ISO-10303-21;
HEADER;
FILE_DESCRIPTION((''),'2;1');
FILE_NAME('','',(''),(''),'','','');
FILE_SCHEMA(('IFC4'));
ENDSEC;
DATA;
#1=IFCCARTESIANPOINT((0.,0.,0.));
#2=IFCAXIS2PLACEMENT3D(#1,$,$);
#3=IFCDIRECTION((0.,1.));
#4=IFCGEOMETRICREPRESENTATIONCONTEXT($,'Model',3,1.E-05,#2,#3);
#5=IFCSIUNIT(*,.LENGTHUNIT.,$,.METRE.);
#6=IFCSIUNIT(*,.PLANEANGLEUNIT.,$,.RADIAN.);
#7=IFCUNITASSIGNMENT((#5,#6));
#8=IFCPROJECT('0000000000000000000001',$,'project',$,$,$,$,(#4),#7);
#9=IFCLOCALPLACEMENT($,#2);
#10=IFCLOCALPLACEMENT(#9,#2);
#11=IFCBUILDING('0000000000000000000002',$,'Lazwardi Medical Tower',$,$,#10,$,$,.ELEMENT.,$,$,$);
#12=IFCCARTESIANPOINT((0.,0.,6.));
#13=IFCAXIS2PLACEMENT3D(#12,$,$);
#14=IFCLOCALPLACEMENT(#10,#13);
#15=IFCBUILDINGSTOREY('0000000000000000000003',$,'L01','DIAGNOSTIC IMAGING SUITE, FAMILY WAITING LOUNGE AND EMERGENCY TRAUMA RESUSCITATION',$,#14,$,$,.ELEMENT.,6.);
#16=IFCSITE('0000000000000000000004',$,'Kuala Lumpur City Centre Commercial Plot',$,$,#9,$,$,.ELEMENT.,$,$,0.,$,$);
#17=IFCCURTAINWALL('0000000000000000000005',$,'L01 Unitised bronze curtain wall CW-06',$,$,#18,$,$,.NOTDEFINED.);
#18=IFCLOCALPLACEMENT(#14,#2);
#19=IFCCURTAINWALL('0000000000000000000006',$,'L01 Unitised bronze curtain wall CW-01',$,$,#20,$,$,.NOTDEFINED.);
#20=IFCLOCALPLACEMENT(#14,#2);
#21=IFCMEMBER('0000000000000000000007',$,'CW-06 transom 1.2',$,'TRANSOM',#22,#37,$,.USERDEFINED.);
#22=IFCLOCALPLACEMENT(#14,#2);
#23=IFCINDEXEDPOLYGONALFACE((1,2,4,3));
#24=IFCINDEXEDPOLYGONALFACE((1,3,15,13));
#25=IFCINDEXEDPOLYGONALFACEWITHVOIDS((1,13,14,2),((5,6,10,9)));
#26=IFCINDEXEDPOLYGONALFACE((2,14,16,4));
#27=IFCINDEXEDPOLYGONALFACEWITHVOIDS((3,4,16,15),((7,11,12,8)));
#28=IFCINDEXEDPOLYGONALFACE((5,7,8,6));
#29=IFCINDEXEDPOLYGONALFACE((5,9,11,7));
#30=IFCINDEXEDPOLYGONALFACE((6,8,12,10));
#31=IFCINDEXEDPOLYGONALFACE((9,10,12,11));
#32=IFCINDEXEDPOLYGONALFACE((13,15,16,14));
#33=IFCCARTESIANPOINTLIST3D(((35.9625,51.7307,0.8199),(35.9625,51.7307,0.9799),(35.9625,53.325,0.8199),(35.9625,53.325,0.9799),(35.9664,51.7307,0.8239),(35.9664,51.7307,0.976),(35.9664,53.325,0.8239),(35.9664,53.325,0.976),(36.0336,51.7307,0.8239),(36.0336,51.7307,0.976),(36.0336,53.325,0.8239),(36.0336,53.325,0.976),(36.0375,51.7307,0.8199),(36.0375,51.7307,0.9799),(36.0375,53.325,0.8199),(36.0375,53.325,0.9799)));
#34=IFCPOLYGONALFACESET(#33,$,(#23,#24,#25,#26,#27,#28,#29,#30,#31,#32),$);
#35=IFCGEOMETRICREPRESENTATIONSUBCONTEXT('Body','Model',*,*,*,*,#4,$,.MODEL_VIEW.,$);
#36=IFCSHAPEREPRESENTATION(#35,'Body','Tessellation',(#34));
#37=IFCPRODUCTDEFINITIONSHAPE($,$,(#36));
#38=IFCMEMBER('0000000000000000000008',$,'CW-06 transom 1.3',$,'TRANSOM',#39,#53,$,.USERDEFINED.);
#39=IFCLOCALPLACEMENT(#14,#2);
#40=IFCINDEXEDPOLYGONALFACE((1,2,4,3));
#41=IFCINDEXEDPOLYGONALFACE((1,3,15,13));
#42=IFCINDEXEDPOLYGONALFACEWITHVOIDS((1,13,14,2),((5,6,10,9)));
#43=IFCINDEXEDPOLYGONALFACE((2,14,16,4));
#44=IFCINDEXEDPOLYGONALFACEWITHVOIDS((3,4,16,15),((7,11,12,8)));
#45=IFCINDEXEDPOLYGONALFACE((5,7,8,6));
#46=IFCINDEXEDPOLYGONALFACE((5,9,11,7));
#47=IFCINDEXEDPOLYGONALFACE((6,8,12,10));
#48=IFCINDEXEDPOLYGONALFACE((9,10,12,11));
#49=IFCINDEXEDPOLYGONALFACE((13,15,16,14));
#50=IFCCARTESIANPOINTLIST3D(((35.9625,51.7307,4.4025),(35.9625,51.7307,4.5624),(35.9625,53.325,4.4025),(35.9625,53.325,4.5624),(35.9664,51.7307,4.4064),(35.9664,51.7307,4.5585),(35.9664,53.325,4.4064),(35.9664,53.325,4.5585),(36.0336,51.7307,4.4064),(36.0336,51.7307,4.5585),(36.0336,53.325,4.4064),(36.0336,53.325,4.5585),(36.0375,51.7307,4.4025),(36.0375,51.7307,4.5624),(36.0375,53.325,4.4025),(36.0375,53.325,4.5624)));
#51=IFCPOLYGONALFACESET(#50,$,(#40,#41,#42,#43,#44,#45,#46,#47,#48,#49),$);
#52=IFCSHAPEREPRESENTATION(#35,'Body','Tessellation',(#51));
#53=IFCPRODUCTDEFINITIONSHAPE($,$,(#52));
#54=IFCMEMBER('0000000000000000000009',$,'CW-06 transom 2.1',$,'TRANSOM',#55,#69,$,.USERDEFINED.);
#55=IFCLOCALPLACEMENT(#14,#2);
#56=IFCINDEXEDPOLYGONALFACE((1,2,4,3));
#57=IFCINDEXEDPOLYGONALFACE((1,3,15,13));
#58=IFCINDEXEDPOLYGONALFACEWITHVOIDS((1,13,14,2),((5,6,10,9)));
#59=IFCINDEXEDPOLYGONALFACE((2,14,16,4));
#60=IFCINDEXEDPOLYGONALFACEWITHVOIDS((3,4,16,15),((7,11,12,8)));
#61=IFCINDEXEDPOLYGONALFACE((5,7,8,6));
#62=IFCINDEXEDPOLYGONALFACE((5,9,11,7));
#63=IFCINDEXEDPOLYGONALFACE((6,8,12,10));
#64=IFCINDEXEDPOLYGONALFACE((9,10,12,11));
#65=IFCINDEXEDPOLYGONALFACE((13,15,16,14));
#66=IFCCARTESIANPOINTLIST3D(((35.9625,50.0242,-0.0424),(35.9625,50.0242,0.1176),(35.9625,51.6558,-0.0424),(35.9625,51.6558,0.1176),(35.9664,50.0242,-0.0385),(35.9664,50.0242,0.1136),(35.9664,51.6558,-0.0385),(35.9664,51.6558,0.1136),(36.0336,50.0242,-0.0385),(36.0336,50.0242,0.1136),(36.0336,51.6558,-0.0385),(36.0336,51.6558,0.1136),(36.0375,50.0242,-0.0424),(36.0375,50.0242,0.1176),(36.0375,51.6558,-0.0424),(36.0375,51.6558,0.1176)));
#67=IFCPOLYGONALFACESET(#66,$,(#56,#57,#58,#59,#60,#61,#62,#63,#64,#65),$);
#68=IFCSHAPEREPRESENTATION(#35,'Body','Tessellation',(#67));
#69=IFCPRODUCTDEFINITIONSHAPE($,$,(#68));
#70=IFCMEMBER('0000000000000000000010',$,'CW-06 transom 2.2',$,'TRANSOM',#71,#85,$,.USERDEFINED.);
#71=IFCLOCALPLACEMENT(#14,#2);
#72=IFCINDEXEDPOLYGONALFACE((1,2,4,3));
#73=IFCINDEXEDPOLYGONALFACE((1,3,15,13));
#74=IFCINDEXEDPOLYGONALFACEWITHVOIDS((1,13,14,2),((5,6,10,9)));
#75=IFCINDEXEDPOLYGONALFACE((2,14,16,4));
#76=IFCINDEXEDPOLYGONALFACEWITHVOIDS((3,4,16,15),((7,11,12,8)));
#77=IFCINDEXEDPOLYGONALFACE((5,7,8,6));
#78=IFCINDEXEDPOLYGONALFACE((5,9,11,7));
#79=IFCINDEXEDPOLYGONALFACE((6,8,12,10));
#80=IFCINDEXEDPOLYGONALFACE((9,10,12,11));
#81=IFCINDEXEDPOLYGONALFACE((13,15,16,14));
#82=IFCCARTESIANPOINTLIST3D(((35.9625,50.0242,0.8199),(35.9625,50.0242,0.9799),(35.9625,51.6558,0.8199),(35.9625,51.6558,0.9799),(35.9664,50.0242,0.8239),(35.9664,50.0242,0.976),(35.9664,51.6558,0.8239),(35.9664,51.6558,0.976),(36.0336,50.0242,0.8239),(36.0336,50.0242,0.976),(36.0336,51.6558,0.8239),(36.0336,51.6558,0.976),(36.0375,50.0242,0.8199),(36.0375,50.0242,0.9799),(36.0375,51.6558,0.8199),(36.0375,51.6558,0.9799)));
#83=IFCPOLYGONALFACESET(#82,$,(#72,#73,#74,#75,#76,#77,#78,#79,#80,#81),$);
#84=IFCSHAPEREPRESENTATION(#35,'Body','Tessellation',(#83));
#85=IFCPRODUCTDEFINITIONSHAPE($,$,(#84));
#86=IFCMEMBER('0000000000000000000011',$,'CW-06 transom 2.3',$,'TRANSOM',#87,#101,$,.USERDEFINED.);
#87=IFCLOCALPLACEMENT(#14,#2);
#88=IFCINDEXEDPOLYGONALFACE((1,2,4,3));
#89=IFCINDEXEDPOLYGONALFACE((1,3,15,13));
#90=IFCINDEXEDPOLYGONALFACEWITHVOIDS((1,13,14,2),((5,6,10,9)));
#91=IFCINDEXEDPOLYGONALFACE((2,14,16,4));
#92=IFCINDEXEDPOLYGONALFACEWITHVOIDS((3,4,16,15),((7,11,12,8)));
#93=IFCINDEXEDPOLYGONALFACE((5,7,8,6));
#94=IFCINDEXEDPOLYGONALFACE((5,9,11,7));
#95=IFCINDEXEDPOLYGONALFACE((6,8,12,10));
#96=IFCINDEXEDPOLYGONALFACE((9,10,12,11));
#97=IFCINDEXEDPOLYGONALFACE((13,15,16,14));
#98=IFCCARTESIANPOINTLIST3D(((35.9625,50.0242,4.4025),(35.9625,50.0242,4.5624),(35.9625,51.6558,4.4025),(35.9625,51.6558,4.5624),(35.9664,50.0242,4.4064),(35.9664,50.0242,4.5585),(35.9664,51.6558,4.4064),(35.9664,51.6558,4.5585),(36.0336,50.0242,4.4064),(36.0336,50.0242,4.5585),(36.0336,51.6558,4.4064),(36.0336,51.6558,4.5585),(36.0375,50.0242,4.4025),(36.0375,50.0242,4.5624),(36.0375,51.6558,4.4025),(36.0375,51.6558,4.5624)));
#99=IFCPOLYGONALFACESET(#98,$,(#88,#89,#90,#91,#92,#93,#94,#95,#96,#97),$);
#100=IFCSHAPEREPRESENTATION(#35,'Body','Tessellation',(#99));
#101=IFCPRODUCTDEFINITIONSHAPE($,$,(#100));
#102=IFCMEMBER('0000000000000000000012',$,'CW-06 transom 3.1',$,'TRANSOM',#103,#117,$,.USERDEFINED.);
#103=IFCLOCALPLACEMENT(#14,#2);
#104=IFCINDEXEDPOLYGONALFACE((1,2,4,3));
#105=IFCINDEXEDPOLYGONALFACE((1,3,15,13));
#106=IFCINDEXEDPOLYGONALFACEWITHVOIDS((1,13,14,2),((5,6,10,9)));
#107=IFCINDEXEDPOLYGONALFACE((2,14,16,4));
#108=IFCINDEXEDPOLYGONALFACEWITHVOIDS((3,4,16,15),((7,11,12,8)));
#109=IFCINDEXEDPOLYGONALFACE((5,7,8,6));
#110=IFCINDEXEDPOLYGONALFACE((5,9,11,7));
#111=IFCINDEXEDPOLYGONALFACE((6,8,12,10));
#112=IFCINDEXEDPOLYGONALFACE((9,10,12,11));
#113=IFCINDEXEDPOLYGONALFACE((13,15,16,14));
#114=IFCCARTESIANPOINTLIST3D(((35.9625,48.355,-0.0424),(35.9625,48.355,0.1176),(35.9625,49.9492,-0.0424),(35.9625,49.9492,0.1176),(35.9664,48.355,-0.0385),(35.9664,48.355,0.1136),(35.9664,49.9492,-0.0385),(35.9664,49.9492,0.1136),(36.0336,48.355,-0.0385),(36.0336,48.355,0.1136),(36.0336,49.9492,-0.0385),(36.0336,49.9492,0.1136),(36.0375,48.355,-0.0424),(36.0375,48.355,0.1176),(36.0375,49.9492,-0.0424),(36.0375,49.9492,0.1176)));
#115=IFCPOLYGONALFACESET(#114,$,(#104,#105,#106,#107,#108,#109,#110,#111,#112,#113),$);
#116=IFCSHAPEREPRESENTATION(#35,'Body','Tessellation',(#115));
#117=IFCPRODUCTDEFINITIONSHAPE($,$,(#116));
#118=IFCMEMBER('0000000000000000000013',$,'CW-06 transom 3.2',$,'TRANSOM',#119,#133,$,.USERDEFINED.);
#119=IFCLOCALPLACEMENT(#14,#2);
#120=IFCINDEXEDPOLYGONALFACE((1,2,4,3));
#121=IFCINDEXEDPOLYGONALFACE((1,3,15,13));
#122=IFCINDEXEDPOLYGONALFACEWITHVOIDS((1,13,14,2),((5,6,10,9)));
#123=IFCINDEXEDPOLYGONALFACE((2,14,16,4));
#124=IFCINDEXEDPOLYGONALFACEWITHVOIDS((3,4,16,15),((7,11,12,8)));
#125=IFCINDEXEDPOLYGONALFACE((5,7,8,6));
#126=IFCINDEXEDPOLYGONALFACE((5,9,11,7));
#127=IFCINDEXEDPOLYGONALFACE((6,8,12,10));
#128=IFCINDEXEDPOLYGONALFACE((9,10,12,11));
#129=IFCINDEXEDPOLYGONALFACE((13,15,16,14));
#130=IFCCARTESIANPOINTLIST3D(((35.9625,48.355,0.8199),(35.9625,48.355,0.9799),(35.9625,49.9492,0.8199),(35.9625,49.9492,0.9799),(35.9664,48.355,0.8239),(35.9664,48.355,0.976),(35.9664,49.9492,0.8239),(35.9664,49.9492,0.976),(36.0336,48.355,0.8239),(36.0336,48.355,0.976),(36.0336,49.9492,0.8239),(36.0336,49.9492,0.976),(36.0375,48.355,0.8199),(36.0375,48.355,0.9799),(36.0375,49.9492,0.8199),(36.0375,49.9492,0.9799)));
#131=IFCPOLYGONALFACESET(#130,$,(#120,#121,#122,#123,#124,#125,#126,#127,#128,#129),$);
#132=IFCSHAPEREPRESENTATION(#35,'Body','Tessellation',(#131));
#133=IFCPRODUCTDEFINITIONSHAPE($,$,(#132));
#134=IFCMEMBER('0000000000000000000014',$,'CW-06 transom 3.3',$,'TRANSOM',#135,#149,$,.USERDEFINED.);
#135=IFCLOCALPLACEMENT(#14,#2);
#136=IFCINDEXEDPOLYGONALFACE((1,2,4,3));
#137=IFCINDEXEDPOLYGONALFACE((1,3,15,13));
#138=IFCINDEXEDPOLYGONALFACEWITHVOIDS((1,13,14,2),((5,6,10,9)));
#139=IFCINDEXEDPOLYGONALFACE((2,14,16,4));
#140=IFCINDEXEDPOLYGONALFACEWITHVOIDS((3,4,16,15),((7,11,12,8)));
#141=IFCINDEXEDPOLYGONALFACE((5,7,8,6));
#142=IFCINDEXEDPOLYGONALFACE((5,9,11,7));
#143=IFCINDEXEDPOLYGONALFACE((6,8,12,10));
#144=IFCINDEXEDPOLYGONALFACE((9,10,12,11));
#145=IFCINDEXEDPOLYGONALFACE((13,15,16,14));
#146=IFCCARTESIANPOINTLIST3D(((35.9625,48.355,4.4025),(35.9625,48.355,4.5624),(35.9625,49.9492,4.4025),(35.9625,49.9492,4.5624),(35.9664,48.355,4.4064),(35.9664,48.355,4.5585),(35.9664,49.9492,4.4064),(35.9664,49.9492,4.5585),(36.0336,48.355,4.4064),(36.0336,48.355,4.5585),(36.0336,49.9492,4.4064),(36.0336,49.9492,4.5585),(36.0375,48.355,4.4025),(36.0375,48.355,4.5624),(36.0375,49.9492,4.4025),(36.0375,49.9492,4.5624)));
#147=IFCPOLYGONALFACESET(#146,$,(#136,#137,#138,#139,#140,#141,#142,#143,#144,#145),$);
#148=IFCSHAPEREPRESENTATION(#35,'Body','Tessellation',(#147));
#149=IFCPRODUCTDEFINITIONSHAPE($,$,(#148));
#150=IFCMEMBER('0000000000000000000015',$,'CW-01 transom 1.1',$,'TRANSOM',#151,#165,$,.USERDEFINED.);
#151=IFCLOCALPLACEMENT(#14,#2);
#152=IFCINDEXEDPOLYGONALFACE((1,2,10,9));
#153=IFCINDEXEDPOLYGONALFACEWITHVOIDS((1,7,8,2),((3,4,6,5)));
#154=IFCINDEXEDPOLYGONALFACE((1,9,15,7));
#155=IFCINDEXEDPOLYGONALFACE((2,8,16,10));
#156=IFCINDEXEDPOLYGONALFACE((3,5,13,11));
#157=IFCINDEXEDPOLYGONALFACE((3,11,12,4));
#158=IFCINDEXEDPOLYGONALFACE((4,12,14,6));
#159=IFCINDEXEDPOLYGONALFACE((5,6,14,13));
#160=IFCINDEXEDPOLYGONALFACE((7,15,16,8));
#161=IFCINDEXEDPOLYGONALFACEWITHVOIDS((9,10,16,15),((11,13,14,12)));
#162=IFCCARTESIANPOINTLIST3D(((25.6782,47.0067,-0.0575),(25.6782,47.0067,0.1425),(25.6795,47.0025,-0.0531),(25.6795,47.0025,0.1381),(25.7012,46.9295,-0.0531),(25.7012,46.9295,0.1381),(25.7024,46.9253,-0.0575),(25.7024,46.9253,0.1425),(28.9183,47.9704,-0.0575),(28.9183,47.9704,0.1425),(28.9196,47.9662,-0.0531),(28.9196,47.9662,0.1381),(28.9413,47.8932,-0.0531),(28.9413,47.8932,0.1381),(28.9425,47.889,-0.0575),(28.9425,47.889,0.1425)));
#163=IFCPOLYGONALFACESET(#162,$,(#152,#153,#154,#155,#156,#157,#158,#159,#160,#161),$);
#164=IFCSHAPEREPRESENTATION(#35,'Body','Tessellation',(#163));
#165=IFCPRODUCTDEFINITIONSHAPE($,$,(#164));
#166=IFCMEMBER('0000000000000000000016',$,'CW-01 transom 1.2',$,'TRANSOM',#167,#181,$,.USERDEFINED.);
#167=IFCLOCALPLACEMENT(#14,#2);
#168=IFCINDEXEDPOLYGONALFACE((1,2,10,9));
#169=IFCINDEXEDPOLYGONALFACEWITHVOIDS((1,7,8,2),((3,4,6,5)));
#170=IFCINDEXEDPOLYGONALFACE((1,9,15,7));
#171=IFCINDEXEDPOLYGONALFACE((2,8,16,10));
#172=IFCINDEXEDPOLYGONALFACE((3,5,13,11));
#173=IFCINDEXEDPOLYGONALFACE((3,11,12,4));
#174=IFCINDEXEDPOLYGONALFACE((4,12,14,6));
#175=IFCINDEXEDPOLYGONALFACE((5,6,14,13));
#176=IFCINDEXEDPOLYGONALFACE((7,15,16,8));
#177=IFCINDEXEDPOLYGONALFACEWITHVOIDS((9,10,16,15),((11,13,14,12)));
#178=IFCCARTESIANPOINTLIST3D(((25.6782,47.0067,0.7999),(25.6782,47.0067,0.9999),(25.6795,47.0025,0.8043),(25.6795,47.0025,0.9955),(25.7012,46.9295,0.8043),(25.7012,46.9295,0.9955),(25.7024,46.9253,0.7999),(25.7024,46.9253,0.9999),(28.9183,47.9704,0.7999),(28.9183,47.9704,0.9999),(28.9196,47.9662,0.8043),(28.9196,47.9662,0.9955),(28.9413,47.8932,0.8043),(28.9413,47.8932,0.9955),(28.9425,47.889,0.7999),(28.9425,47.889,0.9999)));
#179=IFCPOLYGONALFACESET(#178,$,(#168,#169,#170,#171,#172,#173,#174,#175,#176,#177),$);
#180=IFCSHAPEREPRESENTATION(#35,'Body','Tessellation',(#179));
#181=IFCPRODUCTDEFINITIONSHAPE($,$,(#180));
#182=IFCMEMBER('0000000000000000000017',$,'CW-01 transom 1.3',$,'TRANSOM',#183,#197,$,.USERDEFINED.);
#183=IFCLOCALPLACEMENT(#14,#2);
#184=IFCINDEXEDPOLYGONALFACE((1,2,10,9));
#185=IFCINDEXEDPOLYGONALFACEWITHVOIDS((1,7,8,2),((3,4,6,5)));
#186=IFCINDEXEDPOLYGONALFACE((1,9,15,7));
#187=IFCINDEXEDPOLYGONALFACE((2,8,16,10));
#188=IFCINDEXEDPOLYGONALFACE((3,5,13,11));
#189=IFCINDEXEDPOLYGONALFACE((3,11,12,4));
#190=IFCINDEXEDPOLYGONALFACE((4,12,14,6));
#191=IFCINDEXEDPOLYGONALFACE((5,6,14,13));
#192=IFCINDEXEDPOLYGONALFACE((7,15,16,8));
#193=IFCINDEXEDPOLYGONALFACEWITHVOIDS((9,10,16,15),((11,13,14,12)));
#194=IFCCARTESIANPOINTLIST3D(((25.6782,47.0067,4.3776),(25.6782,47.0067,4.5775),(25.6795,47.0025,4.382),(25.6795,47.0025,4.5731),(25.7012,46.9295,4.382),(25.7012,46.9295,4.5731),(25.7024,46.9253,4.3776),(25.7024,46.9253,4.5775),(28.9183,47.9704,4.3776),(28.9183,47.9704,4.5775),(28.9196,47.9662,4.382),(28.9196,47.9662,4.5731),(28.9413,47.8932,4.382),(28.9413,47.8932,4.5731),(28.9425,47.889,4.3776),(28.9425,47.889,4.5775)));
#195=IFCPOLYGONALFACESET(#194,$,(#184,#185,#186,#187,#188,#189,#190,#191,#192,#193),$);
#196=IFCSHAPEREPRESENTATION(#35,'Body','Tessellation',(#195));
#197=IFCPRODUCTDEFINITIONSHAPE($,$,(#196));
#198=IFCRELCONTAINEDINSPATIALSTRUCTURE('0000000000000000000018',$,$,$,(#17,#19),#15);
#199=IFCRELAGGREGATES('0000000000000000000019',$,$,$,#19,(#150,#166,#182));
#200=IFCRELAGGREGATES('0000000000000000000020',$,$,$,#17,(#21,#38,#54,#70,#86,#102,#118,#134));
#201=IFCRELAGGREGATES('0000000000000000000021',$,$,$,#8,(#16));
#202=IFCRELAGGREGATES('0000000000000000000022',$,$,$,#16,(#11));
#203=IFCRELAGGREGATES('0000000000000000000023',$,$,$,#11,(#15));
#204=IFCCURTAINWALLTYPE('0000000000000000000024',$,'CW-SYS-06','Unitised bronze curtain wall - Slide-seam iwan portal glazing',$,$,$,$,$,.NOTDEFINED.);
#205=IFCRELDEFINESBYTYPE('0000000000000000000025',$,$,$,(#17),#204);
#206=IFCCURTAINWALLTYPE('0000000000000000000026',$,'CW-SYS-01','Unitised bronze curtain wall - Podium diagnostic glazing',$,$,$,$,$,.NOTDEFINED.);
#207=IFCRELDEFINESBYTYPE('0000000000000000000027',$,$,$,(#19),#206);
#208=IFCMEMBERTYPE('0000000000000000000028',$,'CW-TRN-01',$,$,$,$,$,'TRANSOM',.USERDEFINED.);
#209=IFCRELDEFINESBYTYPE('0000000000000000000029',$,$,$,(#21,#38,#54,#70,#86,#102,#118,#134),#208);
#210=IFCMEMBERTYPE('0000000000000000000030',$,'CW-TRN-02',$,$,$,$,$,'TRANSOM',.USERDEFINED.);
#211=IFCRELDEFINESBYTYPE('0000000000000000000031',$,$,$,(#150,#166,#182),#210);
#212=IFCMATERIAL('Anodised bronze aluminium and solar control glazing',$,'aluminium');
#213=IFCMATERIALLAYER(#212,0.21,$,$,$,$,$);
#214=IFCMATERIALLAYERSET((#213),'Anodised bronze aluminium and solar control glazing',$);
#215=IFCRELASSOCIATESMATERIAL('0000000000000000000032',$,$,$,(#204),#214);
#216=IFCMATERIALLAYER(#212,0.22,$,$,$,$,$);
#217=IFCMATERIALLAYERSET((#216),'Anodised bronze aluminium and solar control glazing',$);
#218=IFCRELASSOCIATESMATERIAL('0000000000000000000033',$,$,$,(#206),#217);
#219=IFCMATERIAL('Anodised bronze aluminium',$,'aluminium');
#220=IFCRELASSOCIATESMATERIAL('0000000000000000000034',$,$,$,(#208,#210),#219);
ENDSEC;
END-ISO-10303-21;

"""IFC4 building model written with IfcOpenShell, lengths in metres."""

from ifc_helpers import new_model, si_unit, direction, frame, origin, origin_2d, place, context, subcontext, project, spatial, hollow_rectangle, extrude, material, layer, layer_set, material_profile, profile_set, type_object, element, aggregate, save


model = new_model("IFC4")

# Units and contexts
model_context = context("Model", 3, precision=1e-05, world=origin(), true_north=direction((0.0, 1.0)))
body_context = subcontext(model_context, "Body", "Model", "MODEL_VIEW")
ifc_project = project(units=[si_unit("LENGTHUNIT", "METRE"), si_unit("PLANEANGLEUNIT", "RADIAN")], contexts=[model_context])

# Site, building, storey
site_placement = place(None, origin())
site = spatial("IfcSite", under=ifc_project, at=site_placement, Name="Kuala Lumpur City Centre Commercial Plot", CompositionType="ELEMENT", RefElevation=0.0)
building_placement = place(site_placement, origin())
building = spatial("IfcBuilding", under=site, at=building_placement, Name="Lazwardi Medical Tower", CompositionType="ELEMENT")
storey_placement = place(building_placement, frame((0.0, 0.0, 6.0)))
storey = spatial("IfcBuildingStorey", under=building, at=storey_placement, Name="L01", Description="DIAGNOSTIC IMAGING SUITE, FAMILY WAITING LOUNGE AND EMERGENCY TRAUMA RESUSCITATION", CompositionType="ELEMENT", Elevation=6.0)

# Curtain walls
ifc_material_1 = material(Name="Anodised bronze aluminium and solar control glazing", Category="aluminium")
ifc_layer_1 = layer(ifc_material_1, 0.21)
ifc_layer_set_1 = layer_set([ifc_layer_1], Name="Anodised bronze aluminium and solar control glazing")
curtain_wall_type_1 = type_object("IfcCurtainWallType", Name="CW-SYS-06", Description="Unitised bronze curtain wall - Slide-seam iwan portal glazing", PredefinedType="NOTDEFINED", material=ifc_layer_set_1)
curtain_wall_1_placement = place(storey_placement, origin())
curtain_wall_1 = element("IfcCurtainWall", 1, at=curtain_wall_1_placement, inside=storey, type_object=curtain_wall_type_1, Name="L01 Unitised bronze curtain wall CW-06", PredefinedType="NOTDEFINED")
ifc_material_2 = material(Name="Anodised bronze aluminium", Category="aluminium")
ifc_layer_2 = layer(ifc_material_1, 0.22)
ifc_layer_set_2 = layer_set([ifc_layer_2], Name="Anodised bronze aluminium and solar control glazing")
curtain_wall_type_2 = type_object("IfcCurtainWallType", Name="CW-SYS-01", Description="Unitised bronze curtain wall - Podium diagnostic glazing", PredefinedType="NOTDEFINED", material=ifc_layer_set_2)
curtain_wall_2_placement = place(storey_placement, origin())
curtain_wall_2 = element("IfcCurtainWall", 2, at=curtain_wall_2_placement, inside=storey, type_object=curtain_wall_type_2, Name="L01 Unitised bronze curtain wall CW-01", PredefinedType="NOTDEFINED")

# Members
ifc_material_profile_1 = material_profile(ifc_material_2, hollow_rectangle(XDim=0.075, YDim=0.1599, WallThickness=0.0039, at=origin_2d()), Name="ALU-TRANSOM 160x75x4")
ifc_profile_set_1 = profile_set([ifc_material_profile_1], Name="Anodised bronze aluminium")
member_type_1 = type_object("IfcMemberType", Name="CW-TRN-01", ElementType="TRANSOM", PredefinedType="USERDEFINED", material=ifc_profile_set_1)
member_1_placement = place(storey_placement, frame((36.0, 53.325, 0.8999), z_axis=(0.0, -1.0, 0.0), x_axis=(1.0, 0.0, 0.0)))
member_1 = element("IfcMember", 3, at=member_1_placement, type_object=member_type_1, Name="CW-06 transom 1.2", ObjectType="TRANSOM", PredefinedType="USERDEFINED", context=body_context, shape_type="SweptSolid", body=[
    extrude(hollow_rectangle(XDim=0.075, YDim=0.1599, WallThickness=0.0039, at=origin_2d()), origin(), (0.0, 0.0, 1.0), 1.5942),
])
member_2_placement = place(storey_placement, frame((36.0, 53.325, 4.4824), z_axis=(0.0, -1.0, 0.0), x_axis=(1.0, 0.0, 0.0)))
member_2 = element("IfcMember", 4, at=member_2_placement, type_object=member_type_1, Name="CW-06 transom 1.3", ObjectType="TRANSOM", PredefinedType="USERDEFINED", context=body_context, shape_type="SweptSolid", body=[
    extrude(hollow_rectangle(XDim=0.075, YDim=0.1599, WallThickness=0.0039, at=origin_2d()), origin(), (0.0, 0.0, 1.0), 1.5942),
])
member_3_placement = place(storey_placement, frame((36.0, 51.6558, 0.0376), z_axis=(0.0, -1.0, 0.0), x_axis=(1.0, 0.0, 0.0)))
member_3 = element("IfcMember", 5, at=member_3_placement, type_object=member_type_1, Name="CW-06 transom 2.1", ObjectType="TRANSOM", PredefinedType="USERDEFINED", context=body_context, shape_type="SweptSolid", body=[
    extrude(hollow_rectangle(XDim=0.075, YDim=0.1599, WallThickness=0.0039, at=origin_2d()), origin(), (0.0, 0.0, 1.0), 1.6316),
])
member_4_placement = place(storey_placement, frame((36.0, 51.6558, 0.8999), z_axis=(0.0, -1.0, 0.0), x_axis=(1.0, 0.0, 0.0)))
member_4 = element("IfcMember", 6, at=member_4_placement, type_object=member_type_1, Name="CW-06 transom 2.2", ObjectType="TRANSOM", PredefinedType="USERDEFINED", context=body_context, shape_type="SweptSolid", body=[
    extrude(hollow_rectangle(XDim=0.075, YDim=0.1599, WallThickness=0.0039, at=origin_2d()), origin(), (0.0, 0.0, 1.0), 1.6316),
])
member_5_placement = place(storey_placement, frame((36.0, 51.6558, 4.4824), z_axis=(0.0, -1.0, 0.0), x_axis=(1.0, 0.0, 0.0)))
member_5 = element("IfcMember", 7, at=member_5_placement, type_object=member_type_1, Name="CW-06 transom 2.3", ObjectType="TRANSOM", PredefinedType="USERDEFINED", context=body_context, shape_type="SweptSolid", body=[
    extrude(hollow_rectangle(XDim=0.075, YDim=0.1599, WallThickness=0.0039, at=origin_2d()), origin(), (0.0, 0.0, 1.0), 1.6316),
])
member_6_placement = place(storey_placement, frame((36.0, 49.9492, 0.0376), z_axis=(0.0, -1.0, 0.0), x_axis=(1.0, 0.0, 0.0)))
member_6 = element("IfcMember", 8, at=member_6_placement, type_object=member_type_1, Name="CW-06 transom 3.1", ObjectType="TRANSOM", PredefinedType="USERDEFINED", context=body_context, shape_type="SweptSolid", body=[
    extrude(hollow_rectangle(XDim=0.075, YDim=0.1599, WallThickness=0.0039, at=origin_2d()), origin(), (0.0, 0.0, 1.0), 1.5942),
])
member_7_placement = place(storey_placement, frame((36.0, 49.9492, 0.8999), z_axis=(0.0, -1.0, 0.0), x_axis=(1.0, 0.0, 0.0)))
member_7 = element("IfcMember", 9, at=member_7_placement, type_object=member_type_1, Name="CW-06 transom 3.2", ObjectType="TRANSOM", PredefinedType="USERDEFINED", context=body_context, shape_type="SweptSolid", body=[
    extrude(hollow_rectangle(XDim=0.075, YDim=0.1599, WallThickness=0.0039, at=origin_2d()), origin(), (0.0, 0.0, 1.0), 1.5942),
])
member_8_placement = place(storey_placement, frame((36.0, 49.9492, 4.4824), z_axis=(0.0, -1.0, 0.0), x_axis=(1.0, 0.0, 0.0)))
member_8 = element("IfcMember", 10, at=member_8_placement, type_object=member_type_1, Name="CW-06 transom 3.3", ObjectType="TRANSOM", PredefinedType="USERDEFINED", context=body_context, shape_type="SweptSolid", body=[
    extrude(hollow_rectangle(XDim=0.075, YDim=0.1599, WallThickness=0.0039, at=origin_2d()), origin(), (0.0, 0.0, 1.0), 1.5942),
])
ifc_material_profile_2 = material_profile(ifc_material_2, hollow_rectangle(XDim=0.085, YDim=0.2, WallThickness=0.0044, at=origin_2d()), Name="ALU-TRANSOM 200x85x4.5")
ifc_profile_set_2 = profile_set([ifc_material_profile_2], Name="Anodised bronze aluminium")
member_type_2 = type_object("IfcMemberType", Name="CW-TRN-02", ElementType="TRANSOM", PredefinedType="USERDEFINED", material=ifc_profile_set_2)
member_9_placement = place(storey_placement, frame((28.9304, 47.9297, 0.0425), z_axis=(-0.958505, -0.285074, 0.0), x_axis=(0.285074, -0.958505, 0.0)))
member_9 = element("IfcMember", 11, at=member_9_placement, type_object=member_type_2, Name="CW-01 transom 1.1", ObjectType="TRANSOM", PredefinedType="USERDEFINED", context=body_context, shape_type="SweptSolid", body=[
    extrude(hollow_rectangle(XDim=0.085, YDim=0.2, WallThickness=0.0044, at=origin_2d()), origin(), (0.0, 0.0, 1.0), 3.3804),
])
member_10_placement = place(storey_placement, frame((28.9304, 47.9297, 0.8999), z_axis=(-0.958505, -0.285074, 0.0), x_axis=(0.285074, -0.958505, 0.0)))
member_10 = element("IfcMember", 12, at=member_10_placement, type_object=member_type_2, Name="CW-01 transom 1.2", ObjectType="TRANSOM", PredefinedType="USERDEFINED", context=body_context, shape_type="SweptSolid", body=[
    extrude(hollow_rectangle(XDim=0.085, YDim=0.2, WallThickness=0.0044, at=origin_2d()), origin(), (0.0, 0.0, 1.0), 3.3804),
])
member_11_placement = place(storey_placement, frame((28.9304, 47.9297, 4.4775), z_axis=(-0.958505, -0.285074, 0.0), x_axis=(0.285074, -0.958505, 0.0)))
member_11 = element("IfcMember", 13, at=member_11_placement, type_object=member_type_2, Name="CW-01 transom 1.3", ObjectType="TRANSOM", PredefinedType="USERDEFINED", context=body_context, shape_type="SweptSolid", body=[
    extrude(hollow_rectangle(XDim=0.085, YDim=0.2, WallThickness=0.0044, at=origin_2d()), origin(), (0.0, 0.0, 1.0), 3.3804),
])

aggregate(curtain_wall_2, [member_9, member_10, member_11])
aggregate(curtain_wall_1, [member_1, member_2, member_3, member_4, member_5, member_6, member_7, member_8])

save(model, "model.ifc")
